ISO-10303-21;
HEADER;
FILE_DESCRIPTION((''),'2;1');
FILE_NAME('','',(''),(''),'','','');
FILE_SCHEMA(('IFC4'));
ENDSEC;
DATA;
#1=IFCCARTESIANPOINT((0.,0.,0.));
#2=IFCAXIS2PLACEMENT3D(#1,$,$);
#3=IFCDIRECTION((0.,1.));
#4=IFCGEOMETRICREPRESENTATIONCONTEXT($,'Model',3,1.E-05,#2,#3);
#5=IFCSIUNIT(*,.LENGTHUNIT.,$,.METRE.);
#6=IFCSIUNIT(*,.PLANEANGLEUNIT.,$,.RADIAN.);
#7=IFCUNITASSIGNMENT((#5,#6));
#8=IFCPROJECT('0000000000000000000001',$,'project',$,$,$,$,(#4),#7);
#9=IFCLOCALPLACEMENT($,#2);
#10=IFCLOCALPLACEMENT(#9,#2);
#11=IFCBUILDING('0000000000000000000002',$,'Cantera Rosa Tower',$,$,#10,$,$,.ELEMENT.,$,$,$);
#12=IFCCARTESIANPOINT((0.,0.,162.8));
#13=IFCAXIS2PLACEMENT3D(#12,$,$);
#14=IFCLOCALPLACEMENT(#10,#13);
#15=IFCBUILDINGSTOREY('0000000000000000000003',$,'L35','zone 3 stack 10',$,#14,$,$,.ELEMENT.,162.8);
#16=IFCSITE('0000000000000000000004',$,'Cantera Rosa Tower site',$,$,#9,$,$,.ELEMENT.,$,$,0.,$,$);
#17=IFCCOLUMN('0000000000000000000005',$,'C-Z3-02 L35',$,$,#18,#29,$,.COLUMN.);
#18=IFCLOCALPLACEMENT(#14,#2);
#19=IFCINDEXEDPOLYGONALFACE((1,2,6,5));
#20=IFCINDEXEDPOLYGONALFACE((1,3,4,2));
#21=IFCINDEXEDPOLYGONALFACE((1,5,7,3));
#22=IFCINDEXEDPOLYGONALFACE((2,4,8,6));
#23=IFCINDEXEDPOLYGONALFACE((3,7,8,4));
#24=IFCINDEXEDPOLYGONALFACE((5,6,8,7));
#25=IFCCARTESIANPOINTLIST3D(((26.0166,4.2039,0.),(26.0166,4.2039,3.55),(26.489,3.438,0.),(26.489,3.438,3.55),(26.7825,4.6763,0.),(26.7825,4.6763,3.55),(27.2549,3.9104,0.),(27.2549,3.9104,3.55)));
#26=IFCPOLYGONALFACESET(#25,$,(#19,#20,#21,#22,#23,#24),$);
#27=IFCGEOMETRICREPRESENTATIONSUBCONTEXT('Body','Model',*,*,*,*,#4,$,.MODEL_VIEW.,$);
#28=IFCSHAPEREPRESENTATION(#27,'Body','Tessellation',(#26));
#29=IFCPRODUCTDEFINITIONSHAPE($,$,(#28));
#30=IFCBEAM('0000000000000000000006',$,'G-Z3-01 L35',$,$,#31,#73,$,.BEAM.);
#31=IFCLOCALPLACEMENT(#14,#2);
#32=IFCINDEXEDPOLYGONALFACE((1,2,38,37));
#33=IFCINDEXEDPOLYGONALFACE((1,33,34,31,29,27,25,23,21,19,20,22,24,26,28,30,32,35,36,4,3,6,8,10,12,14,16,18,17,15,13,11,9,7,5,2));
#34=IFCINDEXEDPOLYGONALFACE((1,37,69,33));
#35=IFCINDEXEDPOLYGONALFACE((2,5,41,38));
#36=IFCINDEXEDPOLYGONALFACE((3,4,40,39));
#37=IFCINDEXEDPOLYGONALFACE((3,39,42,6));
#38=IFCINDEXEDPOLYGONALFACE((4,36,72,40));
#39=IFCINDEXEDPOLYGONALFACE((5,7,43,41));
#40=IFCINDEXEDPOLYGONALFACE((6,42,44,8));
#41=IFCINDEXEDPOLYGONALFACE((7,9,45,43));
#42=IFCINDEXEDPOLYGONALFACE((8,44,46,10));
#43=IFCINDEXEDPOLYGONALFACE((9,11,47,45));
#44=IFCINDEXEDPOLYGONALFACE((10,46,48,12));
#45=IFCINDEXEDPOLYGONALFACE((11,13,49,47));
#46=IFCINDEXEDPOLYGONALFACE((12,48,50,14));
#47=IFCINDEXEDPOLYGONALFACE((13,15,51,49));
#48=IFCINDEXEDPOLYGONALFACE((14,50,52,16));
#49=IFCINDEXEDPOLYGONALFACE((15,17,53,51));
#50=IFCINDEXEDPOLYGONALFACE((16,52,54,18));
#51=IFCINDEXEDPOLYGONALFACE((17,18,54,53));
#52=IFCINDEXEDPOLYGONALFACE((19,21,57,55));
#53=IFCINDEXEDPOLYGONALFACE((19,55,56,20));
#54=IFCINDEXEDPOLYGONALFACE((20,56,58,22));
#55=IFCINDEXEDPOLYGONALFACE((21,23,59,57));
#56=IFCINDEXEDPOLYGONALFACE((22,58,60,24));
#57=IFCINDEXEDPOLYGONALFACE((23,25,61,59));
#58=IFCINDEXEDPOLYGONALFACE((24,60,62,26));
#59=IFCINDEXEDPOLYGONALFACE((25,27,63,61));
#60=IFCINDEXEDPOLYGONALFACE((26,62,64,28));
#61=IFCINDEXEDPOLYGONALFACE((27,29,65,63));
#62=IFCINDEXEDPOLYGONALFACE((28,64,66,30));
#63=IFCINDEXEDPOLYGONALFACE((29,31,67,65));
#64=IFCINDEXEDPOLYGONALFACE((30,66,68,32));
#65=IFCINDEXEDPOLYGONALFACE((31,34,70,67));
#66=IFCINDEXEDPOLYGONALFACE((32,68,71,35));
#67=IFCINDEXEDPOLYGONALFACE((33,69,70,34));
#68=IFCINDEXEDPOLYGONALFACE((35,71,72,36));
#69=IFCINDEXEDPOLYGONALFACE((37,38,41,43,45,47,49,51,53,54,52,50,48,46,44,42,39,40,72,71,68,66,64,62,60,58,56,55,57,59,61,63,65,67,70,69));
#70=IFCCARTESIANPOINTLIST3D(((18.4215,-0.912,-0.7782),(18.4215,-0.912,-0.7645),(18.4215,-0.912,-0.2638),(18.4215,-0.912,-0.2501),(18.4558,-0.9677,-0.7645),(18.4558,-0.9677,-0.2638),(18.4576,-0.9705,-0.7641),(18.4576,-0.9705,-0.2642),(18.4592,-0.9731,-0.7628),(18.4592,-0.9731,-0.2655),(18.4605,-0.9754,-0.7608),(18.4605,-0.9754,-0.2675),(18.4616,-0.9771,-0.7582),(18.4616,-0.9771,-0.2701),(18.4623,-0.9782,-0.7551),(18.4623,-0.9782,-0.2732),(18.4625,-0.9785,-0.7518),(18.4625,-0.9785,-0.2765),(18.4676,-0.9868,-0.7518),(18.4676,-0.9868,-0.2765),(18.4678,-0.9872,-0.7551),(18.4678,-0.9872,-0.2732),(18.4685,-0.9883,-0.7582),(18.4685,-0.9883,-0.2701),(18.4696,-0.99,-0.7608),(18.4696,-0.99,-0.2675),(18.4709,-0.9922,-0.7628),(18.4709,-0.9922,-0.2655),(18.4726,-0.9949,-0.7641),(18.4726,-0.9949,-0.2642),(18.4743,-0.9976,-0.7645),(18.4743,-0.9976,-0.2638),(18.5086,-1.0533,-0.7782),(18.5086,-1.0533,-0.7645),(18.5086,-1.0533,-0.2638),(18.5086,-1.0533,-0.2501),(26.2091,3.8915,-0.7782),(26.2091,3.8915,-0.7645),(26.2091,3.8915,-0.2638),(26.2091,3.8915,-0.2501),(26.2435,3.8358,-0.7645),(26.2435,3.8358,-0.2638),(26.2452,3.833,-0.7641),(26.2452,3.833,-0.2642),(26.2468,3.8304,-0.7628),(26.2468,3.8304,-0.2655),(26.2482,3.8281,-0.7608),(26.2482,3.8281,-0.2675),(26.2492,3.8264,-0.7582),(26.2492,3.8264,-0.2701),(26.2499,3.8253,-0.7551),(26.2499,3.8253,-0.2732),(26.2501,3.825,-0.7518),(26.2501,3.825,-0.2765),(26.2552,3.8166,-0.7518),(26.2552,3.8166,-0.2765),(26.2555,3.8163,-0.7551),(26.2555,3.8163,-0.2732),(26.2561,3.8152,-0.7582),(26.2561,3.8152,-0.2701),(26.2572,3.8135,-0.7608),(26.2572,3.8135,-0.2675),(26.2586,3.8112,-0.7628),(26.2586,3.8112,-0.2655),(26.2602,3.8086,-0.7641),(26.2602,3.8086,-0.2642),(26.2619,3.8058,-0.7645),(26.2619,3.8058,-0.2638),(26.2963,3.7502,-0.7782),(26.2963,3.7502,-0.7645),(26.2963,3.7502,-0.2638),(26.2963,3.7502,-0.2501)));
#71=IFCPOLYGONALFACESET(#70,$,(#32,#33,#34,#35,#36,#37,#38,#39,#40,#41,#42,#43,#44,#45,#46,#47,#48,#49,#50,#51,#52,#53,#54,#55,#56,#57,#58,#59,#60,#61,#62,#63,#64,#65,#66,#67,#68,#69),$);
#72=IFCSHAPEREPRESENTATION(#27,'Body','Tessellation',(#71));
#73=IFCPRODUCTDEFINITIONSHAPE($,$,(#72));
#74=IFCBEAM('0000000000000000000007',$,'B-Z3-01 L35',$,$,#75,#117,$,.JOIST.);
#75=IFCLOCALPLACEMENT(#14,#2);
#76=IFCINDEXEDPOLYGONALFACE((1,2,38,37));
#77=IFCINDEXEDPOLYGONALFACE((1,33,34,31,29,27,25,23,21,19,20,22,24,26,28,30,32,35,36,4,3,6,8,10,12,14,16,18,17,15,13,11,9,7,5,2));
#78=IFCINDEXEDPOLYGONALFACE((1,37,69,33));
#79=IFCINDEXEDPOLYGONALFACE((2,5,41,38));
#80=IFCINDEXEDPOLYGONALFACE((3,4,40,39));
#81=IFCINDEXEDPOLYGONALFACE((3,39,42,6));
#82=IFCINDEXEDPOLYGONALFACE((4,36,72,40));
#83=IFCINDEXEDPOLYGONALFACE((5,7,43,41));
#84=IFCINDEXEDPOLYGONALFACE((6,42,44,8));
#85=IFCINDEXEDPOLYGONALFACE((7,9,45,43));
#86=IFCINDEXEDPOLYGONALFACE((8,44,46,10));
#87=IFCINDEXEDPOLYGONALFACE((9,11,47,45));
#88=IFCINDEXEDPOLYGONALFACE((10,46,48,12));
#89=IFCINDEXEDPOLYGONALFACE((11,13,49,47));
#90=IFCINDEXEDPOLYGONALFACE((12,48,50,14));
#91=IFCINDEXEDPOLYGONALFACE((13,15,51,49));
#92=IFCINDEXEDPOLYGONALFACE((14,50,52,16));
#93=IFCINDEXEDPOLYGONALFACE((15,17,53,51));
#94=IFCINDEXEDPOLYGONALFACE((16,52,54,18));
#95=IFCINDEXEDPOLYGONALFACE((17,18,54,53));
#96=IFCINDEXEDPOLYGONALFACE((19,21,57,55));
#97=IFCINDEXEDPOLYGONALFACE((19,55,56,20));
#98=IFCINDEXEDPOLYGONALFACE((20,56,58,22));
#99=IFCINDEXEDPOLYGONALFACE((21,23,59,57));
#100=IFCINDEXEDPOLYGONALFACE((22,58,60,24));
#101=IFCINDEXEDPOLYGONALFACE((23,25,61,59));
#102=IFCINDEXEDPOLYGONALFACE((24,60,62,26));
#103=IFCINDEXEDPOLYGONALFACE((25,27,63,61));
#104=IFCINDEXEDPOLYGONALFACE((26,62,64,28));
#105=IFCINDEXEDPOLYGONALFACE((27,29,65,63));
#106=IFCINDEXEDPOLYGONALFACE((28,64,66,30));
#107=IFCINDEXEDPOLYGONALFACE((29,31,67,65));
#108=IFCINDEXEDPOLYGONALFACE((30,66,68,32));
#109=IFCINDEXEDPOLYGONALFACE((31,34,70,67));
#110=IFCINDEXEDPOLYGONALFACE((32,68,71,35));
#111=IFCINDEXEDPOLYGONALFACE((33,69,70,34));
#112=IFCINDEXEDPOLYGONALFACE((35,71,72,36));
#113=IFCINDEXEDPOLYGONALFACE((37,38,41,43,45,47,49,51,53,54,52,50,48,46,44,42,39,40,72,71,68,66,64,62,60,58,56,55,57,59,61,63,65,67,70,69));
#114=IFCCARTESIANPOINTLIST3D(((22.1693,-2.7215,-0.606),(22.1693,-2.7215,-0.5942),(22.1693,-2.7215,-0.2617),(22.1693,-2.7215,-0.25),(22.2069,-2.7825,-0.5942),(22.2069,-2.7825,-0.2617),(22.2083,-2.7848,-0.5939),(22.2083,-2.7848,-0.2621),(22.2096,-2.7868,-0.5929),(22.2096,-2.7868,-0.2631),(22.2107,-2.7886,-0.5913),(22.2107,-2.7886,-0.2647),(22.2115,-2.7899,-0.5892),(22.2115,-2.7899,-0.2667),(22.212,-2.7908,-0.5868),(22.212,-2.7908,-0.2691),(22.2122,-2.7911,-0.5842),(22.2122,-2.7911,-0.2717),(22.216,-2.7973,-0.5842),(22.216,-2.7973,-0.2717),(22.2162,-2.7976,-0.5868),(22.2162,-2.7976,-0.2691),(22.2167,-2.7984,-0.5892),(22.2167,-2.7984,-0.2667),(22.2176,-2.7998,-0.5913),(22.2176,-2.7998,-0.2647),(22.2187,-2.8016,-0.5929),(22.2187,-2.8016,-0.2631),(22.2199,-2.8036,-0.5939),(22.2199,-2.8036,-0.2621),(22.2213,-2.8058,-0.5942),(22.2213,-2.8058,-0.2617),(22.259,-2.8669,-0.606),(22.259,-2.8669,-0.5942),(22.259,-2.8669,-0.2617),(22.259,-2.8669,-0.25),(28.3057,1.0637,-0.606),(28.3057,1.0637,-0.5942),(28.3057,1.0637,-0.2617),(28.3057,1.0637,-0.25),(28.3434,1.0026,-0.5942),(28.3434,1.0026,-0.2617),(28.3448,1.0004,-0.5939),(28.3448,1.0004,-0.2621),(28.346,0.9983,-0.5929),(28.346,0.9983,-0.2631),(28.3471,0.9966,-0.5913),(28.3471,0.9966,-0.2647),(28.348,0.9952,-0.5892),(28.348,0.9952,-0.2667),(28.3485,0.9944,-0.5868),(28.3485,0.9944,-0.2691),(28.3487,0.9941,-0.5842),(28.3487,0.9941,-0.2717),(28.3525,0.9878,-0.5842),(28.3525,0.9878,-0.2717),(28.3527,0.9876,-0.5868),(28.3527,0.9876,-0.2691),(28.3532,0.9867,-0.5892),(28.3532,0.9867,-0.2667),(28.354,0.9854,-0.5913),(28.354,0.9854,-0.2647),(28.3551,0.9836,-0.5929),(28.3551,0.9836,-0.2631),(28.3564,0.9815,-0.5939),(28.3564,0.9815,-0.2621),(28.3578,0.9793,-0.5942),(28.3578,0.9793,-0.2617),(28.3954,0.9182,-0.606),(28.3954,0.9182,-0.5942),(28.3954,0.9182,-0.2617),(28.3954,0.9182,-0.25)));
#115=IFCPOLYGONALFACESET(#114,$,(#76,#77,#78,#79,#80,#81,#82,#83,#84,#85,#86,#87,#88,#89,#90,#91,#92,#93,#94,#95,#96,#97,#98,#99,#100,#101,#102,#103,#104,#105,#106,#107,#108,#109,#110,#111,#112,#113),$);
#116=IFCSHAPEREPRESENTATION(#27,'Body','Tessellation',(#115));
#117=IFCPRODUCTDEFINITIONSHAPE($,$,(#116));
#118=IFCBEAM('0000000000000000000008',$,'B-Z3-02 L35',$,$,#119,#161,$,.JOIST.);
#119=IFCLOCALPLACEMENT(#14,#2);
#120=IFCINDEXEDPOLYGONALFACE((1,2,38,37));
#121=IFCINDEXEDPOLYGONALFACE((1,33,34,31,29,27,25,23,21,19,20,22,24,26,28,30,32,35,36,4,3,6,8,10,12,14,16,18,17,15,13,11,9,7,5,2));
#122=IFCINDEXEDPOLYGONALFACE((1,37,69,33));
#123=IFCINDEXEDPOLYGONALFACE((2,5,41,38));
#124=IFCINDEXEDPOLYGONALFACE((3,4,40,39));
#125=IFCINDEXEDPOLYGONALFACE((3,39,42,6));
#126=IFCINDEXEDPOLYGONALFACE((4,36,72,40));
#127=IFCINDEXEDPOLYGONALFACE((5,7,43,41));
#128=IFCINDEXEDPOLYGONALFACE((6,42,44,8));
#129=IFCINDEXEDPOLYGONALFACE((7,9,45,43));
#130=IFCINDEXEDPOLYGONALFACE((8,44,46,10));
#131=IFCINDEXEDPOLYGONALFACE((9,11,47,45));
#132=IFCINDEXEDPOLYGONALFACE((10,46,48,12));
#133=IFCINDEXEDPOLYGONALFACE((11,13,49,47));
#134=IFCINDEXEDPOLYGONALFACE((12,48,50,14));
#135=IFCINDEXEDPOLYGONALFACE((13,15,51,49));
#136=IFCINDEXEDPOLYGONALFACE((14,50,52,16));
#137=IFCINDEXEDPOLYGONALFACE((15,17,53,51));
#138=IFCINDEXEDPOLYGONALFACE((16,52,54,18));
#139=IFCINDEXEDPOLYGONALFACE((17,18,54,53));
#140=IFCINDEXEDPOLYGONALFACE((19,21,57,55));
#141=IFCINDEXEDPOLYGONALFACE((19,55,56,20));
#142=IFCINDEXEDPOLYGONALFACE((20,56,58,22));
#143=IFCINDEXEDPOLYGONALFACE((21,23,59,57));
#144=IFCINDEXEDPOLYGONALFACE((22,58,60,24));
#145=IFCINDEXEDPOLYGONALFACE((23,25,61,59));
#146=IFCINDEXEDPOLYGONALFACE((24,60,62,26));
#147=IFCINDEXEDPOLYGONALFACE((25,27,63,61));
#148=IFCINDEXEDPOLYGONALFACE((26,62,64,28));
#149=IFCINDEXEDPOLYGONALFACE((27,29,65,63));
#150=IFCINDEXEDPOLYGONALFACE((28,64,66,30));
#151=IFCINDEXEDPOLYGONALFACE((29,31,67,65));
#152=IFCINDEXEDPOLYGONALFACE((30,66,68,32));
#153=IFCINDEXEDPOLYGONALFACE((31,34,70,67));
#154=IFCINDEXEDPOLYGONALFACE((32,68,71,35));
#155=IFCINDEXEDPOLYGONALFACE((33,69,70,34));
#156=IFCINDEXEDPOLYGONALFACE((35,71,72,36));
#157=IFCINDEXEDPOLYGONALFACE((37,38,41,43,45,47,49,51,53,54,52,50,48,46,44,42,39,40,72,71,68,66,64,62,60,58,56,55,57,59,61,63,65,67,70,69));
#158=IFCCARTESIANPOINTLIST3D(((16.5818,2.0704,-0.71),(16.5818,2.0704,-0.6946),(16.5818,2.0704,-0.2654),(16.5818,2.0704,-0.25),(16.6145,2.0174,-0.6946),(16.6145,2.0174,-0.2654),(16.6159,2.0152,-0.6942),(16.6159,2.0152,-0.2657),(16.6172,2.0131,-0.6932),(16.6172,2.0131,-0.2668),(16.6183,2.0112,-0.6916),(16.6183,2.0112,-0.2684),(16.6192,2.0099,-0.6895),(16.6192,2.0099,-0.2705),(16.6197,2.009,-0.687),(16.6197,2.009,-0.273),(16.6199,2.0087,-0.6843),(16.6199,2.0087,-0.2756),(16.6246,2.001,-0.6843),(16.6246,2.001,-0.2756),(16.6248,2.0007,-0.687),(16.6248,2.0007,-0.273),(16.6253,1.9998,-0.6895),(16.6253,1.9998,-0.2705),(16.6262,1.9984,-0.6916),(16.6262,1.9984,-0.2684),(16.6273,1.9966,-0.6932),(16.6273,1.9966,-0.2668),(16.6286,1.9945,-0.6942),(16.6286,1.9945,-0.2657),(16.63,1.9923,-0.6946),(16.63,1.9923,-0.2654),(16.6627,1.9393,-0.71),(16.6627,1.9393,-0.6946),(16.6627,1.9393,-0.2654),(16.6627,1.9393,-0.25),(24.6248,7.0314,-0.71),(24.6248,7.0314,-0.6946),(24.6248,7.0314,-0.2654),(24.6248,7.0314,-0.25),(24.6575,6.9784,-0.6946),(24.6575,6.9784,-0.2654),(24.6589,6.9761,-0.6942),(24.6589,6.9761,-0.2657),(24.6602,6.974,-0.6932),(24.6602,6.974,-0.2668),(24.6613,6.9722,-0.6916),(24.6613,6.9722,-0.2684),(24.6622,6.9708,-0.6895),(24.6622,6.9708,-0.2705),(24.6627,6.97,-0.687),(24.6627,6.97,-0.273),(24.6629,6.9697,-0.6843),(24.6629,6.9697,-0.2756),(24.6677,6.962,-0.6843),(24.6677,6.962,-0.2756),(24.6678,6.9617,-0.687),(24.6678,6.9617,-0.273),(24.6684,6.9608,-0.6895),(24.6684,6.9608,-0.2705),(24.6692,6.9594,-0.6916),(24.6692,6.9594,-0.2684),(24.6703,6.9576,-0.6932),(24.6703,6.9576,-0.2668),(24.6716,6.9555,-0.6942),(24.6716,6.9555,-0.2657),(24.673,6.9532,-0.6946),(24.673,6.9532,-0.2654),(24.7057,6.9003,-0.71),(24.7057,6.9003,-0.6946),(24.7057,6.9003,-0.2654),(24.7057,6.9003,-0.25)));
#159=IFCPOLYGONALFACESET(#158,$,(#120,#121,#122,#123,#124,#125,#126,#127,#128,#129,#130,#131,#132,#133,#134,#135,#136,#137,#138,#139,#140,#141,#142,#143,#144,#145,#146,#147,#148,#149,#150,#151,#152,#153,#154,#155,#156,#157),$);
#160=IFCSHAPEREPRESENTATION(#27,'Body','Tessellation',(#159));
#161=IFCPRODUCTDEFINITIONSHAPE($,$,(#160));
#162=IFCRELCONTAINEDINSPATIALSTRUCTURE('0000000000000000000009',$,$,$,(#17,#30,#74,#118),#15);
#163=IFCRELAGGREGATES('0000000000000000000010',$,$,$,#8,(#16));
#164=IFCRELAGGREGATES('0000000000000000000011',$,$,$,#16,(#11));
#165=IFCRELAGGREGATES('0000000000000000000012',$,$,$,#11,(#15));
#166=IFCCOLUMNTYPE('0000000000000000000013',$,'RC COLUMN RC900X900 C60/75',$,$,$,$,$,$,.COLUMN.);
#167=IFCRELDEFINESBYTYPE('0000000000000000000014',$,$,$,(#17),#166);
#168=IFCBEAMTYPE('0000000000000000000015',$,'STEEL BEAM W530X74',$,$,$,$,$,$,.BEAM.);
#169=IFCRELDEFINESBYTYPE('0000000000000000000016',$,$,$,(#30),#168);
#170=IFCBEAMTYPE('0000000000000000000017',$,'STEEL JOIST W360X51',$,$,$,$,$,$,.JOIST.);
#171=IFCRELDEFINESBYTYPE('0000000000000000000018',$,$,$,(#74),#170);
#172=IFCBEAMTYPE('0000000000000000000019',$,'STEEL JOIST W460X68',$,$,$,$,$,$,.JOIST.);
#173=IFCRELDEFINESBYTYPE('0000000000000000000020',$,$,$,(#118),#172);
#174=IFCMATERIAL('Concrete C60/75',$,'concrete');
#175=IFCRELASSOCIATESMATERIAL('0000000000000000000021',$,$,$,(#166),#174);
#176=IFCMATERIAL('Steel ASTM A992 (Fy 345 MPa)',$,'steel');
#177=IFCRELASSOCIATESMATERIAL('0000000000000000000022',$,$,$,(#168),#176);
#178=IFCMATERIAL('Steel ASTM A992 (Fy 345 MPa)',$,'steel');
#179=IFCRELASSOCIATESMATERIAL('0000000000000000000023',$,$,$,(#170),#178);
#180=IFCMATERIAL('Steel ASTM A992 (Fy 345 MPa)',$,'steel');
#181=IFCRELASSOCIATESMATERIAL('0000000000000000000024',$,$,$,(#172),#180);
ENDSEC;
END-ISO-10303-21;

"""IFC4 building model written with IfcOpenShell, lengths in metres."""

from ifc_helpers import new_model, si_unit, direction, frame, origin, origin_2d, place, context, subcontext, project, spatial, rectangle, i_section, extrude, material, material_profile, profile_set, type_object, element, save


model = new_model("IFC4")

# Units and contexts
model_context = context("Model", 3, precision=1e-05, world=origin(), true_north=direction((0.0, 1.0)))
body_context = subcontext(model_context, "Body", "Model", "MODEL_VIEW")
ifc_project = project(units=[si_unit("LENGTHUNIT", "METRE"), si_unit("PLANEANGLEUNIT", "RADIAN")], contexts=[model_context])

# Site, building, storey
site_placement = place(None, origin())
site = spatial("IfcSite", under=ifc_project, at=site_placement, Name="Cantera Rosa Tower site", CompositionType="ELEMENT", RefElevation=0.0)
building_placement = place(site_placement, origin())
building = spatial("IfcBuilding", under=site, at=building_placement, Name="Cantera Rosa Tower", CompositionType="ELEMENT")
storey_placement = place(building_placement, frame((0.0, 0.0, 162.8)))
storey = spatial("IfcBuildingStorey", under=building, at=storey_placement, Name="L35", Description="zone 3 stack 10", CompositionType="ELEMENT", Elevation=162.8)

# Column
ifc_material_1 = material(Name="Concrete C60/75", Category="concrete")
ifc_material_profile_1 = material_profile(ifc_material_1, rectangle(XDim=0.8999, YDim=0.8999, at=origin_2d()), Name="RC COLUMN RC900X900 C60/75")
ifc_profile_set_1 = profile_set([ifc_material_profile_1], Name="Concrete C60/75")
column_type = type_object("IfcColumnType", Name="RC COLUMN RC900X900 C60/75", PredefinedType="COLUMN", material=ifc_profile_set_1)
column_placement = place(storey_placement, frame((26.6357, 4.0571, 0.0), z_axis=(0.0, 0.0, 1.0), x_axis=(0.851117, 0.524977, 0.0)))
element("IfcColumn", 1, at=column_placement, inside=storey, type_object=column_type, Name="C-Z3-02 L35", PredefinedType="COLUMN", context=body_context, shape_type="SweptSolid", body=[
    extrude(rectangle(XDim=0.8999, YDim=0.8999, at=origin_2d()), origin(), (0.0, 0.0, 1.0), 3.55),
])

# Beams
ifc_material_2 = material(Name="Steel ASTM A992 (Fy 345 MPa)", Category="steel")
ifc_material_profile_2 = material_profile(ifc_material_2, i_section(OverallWidth=0.166, OverallDepth=0.5281, WebThickness=0.0098, FlangeThickness=0.0137, FilletRadius=0.0127, at=origin_2d()), Name="W530X74")
ifc_profile_set_2 = profile_set([ifc_material_profile_2], Name="Steel ASTM A992 (Fy 345 MPa)")
beam_type_1 = type_object("IfcBeamType", Name="STEEL BEAM W530X74", PredefinedType="BEAM", material=ifc_profile_set_2)
beam_1_placement = place(storey_placement, frame((26.2527, 3.8208, -0.5142), z_axis=(-0.851116, -0.524977, 0.0), x_axis=(0.524977, -0.851116, 0.0)))
element("IfcBeam", 2, at=beam_1_placement, inside=storey, type_object=beam_type_1, Name="G-Z3-01 L35", PredefinedType="BEAM", context=body_context, shape_type="SweptSolid", body=[
    extrude(i_section(OverallWidth=0.166, OverallDepth=0.5281, WebThickness=0.0098, FlangeThickness=0.0137, FilletRadius=0.0127, at=origin_2d()), origin(), (0.0, 0.0, 1.0), 9.1499),
])
ifc_material_3 = material(Name="Steel ASTM A992 (Fy 345 MPa)", Category="steel")
ifc_material_profile_3 = material_profile(ifc_material_3, i_section(OverallWidth=0.1709, OverallDepth=0.356, WebThickness=0.0073, FlangeThickness=0.0117, FilletRadius=0.01, at=origin_2d()), Name="W360X51")
ifc_profile_set_3 = profile_set([ifc_material_profile_3], Name="Steel ASTM A992 (Fy 345 MPa)")
beam_type_2 = type_object("IfcBeamType", Name="STEEL JOIST W360X51", PredefinedType="JOIST", material=ifc_profile_set_3)
beam_2_placement = place(storey_placement, frame((28.3506, 0.991, -0.428), z_axis=(-0.851109, -0.524989, 0.0), x_axis=(0.524989, -0.851109, 0.0)))
element("IfcBeam", 3, at=beam_2_placement, inside=storey, type_object=beam_type_2, Name="B-Z3-01 L35", PredefinedType="JOIST", context=body_context, shape_type="SweptSolid", body=[
    extrude(i_section(OverallWidth=0.1709, OverallDepth=0.356, WebThickness=0.0073, FlangeThickness=0.0117, FilletRadius=0.01, at=origin_2d()), origin(), (0.0, 0.0, 1.0), 7.21),
])
ifc_material_4 = material(Name="Steel ASTM A992 (Fy 345 MPa)", Category="steel")
ifc_material_profile_4 = material_profile(ifc_material_4, i_section(OverallWidth=0.1541, OverallDepth=0.46, WebThickness=0.009, FlangeThickness=0.0154, FilletRadius=0.0103, at=origin_2d()), Name="W460X68")
ifc_profile_set_4 = profile_set([ifc_material_profile_4], Name="Steel ASTM A992 (Fy 345 MPa)")
beam_type_3 = type_object("IfcBeamType", Name="STEEL JOIST W460X68", PredefinedType="JOIST", material=ifc_profile_set_4)
beam_3_placement = place(storey_placement, frame((24.6653, 6.9658, -0.48), z_axis=(-0.851119, -0.524974, 0.0), x_axis=(0.524974, -0.851119, 0.0)))
element("IfcBeam", 4, at=beam_3_placement, inside=storey, type_object=beam_type_3, Name="B-Z3-02 L35", PredefinedType="JOIST", context=body_context, shape_type="SweptSolid", body=[
    extrude(i_section(OverallWidth=0.1541, OverallDepth=0.46, WebThickness=0.009, FlangeThickness=0.0154, FilletRadius=0.0103, at=origin_2d()), origin(), (0.0, 0.0, 1.0), 9.45),
])

save(model, "model.ifc")
